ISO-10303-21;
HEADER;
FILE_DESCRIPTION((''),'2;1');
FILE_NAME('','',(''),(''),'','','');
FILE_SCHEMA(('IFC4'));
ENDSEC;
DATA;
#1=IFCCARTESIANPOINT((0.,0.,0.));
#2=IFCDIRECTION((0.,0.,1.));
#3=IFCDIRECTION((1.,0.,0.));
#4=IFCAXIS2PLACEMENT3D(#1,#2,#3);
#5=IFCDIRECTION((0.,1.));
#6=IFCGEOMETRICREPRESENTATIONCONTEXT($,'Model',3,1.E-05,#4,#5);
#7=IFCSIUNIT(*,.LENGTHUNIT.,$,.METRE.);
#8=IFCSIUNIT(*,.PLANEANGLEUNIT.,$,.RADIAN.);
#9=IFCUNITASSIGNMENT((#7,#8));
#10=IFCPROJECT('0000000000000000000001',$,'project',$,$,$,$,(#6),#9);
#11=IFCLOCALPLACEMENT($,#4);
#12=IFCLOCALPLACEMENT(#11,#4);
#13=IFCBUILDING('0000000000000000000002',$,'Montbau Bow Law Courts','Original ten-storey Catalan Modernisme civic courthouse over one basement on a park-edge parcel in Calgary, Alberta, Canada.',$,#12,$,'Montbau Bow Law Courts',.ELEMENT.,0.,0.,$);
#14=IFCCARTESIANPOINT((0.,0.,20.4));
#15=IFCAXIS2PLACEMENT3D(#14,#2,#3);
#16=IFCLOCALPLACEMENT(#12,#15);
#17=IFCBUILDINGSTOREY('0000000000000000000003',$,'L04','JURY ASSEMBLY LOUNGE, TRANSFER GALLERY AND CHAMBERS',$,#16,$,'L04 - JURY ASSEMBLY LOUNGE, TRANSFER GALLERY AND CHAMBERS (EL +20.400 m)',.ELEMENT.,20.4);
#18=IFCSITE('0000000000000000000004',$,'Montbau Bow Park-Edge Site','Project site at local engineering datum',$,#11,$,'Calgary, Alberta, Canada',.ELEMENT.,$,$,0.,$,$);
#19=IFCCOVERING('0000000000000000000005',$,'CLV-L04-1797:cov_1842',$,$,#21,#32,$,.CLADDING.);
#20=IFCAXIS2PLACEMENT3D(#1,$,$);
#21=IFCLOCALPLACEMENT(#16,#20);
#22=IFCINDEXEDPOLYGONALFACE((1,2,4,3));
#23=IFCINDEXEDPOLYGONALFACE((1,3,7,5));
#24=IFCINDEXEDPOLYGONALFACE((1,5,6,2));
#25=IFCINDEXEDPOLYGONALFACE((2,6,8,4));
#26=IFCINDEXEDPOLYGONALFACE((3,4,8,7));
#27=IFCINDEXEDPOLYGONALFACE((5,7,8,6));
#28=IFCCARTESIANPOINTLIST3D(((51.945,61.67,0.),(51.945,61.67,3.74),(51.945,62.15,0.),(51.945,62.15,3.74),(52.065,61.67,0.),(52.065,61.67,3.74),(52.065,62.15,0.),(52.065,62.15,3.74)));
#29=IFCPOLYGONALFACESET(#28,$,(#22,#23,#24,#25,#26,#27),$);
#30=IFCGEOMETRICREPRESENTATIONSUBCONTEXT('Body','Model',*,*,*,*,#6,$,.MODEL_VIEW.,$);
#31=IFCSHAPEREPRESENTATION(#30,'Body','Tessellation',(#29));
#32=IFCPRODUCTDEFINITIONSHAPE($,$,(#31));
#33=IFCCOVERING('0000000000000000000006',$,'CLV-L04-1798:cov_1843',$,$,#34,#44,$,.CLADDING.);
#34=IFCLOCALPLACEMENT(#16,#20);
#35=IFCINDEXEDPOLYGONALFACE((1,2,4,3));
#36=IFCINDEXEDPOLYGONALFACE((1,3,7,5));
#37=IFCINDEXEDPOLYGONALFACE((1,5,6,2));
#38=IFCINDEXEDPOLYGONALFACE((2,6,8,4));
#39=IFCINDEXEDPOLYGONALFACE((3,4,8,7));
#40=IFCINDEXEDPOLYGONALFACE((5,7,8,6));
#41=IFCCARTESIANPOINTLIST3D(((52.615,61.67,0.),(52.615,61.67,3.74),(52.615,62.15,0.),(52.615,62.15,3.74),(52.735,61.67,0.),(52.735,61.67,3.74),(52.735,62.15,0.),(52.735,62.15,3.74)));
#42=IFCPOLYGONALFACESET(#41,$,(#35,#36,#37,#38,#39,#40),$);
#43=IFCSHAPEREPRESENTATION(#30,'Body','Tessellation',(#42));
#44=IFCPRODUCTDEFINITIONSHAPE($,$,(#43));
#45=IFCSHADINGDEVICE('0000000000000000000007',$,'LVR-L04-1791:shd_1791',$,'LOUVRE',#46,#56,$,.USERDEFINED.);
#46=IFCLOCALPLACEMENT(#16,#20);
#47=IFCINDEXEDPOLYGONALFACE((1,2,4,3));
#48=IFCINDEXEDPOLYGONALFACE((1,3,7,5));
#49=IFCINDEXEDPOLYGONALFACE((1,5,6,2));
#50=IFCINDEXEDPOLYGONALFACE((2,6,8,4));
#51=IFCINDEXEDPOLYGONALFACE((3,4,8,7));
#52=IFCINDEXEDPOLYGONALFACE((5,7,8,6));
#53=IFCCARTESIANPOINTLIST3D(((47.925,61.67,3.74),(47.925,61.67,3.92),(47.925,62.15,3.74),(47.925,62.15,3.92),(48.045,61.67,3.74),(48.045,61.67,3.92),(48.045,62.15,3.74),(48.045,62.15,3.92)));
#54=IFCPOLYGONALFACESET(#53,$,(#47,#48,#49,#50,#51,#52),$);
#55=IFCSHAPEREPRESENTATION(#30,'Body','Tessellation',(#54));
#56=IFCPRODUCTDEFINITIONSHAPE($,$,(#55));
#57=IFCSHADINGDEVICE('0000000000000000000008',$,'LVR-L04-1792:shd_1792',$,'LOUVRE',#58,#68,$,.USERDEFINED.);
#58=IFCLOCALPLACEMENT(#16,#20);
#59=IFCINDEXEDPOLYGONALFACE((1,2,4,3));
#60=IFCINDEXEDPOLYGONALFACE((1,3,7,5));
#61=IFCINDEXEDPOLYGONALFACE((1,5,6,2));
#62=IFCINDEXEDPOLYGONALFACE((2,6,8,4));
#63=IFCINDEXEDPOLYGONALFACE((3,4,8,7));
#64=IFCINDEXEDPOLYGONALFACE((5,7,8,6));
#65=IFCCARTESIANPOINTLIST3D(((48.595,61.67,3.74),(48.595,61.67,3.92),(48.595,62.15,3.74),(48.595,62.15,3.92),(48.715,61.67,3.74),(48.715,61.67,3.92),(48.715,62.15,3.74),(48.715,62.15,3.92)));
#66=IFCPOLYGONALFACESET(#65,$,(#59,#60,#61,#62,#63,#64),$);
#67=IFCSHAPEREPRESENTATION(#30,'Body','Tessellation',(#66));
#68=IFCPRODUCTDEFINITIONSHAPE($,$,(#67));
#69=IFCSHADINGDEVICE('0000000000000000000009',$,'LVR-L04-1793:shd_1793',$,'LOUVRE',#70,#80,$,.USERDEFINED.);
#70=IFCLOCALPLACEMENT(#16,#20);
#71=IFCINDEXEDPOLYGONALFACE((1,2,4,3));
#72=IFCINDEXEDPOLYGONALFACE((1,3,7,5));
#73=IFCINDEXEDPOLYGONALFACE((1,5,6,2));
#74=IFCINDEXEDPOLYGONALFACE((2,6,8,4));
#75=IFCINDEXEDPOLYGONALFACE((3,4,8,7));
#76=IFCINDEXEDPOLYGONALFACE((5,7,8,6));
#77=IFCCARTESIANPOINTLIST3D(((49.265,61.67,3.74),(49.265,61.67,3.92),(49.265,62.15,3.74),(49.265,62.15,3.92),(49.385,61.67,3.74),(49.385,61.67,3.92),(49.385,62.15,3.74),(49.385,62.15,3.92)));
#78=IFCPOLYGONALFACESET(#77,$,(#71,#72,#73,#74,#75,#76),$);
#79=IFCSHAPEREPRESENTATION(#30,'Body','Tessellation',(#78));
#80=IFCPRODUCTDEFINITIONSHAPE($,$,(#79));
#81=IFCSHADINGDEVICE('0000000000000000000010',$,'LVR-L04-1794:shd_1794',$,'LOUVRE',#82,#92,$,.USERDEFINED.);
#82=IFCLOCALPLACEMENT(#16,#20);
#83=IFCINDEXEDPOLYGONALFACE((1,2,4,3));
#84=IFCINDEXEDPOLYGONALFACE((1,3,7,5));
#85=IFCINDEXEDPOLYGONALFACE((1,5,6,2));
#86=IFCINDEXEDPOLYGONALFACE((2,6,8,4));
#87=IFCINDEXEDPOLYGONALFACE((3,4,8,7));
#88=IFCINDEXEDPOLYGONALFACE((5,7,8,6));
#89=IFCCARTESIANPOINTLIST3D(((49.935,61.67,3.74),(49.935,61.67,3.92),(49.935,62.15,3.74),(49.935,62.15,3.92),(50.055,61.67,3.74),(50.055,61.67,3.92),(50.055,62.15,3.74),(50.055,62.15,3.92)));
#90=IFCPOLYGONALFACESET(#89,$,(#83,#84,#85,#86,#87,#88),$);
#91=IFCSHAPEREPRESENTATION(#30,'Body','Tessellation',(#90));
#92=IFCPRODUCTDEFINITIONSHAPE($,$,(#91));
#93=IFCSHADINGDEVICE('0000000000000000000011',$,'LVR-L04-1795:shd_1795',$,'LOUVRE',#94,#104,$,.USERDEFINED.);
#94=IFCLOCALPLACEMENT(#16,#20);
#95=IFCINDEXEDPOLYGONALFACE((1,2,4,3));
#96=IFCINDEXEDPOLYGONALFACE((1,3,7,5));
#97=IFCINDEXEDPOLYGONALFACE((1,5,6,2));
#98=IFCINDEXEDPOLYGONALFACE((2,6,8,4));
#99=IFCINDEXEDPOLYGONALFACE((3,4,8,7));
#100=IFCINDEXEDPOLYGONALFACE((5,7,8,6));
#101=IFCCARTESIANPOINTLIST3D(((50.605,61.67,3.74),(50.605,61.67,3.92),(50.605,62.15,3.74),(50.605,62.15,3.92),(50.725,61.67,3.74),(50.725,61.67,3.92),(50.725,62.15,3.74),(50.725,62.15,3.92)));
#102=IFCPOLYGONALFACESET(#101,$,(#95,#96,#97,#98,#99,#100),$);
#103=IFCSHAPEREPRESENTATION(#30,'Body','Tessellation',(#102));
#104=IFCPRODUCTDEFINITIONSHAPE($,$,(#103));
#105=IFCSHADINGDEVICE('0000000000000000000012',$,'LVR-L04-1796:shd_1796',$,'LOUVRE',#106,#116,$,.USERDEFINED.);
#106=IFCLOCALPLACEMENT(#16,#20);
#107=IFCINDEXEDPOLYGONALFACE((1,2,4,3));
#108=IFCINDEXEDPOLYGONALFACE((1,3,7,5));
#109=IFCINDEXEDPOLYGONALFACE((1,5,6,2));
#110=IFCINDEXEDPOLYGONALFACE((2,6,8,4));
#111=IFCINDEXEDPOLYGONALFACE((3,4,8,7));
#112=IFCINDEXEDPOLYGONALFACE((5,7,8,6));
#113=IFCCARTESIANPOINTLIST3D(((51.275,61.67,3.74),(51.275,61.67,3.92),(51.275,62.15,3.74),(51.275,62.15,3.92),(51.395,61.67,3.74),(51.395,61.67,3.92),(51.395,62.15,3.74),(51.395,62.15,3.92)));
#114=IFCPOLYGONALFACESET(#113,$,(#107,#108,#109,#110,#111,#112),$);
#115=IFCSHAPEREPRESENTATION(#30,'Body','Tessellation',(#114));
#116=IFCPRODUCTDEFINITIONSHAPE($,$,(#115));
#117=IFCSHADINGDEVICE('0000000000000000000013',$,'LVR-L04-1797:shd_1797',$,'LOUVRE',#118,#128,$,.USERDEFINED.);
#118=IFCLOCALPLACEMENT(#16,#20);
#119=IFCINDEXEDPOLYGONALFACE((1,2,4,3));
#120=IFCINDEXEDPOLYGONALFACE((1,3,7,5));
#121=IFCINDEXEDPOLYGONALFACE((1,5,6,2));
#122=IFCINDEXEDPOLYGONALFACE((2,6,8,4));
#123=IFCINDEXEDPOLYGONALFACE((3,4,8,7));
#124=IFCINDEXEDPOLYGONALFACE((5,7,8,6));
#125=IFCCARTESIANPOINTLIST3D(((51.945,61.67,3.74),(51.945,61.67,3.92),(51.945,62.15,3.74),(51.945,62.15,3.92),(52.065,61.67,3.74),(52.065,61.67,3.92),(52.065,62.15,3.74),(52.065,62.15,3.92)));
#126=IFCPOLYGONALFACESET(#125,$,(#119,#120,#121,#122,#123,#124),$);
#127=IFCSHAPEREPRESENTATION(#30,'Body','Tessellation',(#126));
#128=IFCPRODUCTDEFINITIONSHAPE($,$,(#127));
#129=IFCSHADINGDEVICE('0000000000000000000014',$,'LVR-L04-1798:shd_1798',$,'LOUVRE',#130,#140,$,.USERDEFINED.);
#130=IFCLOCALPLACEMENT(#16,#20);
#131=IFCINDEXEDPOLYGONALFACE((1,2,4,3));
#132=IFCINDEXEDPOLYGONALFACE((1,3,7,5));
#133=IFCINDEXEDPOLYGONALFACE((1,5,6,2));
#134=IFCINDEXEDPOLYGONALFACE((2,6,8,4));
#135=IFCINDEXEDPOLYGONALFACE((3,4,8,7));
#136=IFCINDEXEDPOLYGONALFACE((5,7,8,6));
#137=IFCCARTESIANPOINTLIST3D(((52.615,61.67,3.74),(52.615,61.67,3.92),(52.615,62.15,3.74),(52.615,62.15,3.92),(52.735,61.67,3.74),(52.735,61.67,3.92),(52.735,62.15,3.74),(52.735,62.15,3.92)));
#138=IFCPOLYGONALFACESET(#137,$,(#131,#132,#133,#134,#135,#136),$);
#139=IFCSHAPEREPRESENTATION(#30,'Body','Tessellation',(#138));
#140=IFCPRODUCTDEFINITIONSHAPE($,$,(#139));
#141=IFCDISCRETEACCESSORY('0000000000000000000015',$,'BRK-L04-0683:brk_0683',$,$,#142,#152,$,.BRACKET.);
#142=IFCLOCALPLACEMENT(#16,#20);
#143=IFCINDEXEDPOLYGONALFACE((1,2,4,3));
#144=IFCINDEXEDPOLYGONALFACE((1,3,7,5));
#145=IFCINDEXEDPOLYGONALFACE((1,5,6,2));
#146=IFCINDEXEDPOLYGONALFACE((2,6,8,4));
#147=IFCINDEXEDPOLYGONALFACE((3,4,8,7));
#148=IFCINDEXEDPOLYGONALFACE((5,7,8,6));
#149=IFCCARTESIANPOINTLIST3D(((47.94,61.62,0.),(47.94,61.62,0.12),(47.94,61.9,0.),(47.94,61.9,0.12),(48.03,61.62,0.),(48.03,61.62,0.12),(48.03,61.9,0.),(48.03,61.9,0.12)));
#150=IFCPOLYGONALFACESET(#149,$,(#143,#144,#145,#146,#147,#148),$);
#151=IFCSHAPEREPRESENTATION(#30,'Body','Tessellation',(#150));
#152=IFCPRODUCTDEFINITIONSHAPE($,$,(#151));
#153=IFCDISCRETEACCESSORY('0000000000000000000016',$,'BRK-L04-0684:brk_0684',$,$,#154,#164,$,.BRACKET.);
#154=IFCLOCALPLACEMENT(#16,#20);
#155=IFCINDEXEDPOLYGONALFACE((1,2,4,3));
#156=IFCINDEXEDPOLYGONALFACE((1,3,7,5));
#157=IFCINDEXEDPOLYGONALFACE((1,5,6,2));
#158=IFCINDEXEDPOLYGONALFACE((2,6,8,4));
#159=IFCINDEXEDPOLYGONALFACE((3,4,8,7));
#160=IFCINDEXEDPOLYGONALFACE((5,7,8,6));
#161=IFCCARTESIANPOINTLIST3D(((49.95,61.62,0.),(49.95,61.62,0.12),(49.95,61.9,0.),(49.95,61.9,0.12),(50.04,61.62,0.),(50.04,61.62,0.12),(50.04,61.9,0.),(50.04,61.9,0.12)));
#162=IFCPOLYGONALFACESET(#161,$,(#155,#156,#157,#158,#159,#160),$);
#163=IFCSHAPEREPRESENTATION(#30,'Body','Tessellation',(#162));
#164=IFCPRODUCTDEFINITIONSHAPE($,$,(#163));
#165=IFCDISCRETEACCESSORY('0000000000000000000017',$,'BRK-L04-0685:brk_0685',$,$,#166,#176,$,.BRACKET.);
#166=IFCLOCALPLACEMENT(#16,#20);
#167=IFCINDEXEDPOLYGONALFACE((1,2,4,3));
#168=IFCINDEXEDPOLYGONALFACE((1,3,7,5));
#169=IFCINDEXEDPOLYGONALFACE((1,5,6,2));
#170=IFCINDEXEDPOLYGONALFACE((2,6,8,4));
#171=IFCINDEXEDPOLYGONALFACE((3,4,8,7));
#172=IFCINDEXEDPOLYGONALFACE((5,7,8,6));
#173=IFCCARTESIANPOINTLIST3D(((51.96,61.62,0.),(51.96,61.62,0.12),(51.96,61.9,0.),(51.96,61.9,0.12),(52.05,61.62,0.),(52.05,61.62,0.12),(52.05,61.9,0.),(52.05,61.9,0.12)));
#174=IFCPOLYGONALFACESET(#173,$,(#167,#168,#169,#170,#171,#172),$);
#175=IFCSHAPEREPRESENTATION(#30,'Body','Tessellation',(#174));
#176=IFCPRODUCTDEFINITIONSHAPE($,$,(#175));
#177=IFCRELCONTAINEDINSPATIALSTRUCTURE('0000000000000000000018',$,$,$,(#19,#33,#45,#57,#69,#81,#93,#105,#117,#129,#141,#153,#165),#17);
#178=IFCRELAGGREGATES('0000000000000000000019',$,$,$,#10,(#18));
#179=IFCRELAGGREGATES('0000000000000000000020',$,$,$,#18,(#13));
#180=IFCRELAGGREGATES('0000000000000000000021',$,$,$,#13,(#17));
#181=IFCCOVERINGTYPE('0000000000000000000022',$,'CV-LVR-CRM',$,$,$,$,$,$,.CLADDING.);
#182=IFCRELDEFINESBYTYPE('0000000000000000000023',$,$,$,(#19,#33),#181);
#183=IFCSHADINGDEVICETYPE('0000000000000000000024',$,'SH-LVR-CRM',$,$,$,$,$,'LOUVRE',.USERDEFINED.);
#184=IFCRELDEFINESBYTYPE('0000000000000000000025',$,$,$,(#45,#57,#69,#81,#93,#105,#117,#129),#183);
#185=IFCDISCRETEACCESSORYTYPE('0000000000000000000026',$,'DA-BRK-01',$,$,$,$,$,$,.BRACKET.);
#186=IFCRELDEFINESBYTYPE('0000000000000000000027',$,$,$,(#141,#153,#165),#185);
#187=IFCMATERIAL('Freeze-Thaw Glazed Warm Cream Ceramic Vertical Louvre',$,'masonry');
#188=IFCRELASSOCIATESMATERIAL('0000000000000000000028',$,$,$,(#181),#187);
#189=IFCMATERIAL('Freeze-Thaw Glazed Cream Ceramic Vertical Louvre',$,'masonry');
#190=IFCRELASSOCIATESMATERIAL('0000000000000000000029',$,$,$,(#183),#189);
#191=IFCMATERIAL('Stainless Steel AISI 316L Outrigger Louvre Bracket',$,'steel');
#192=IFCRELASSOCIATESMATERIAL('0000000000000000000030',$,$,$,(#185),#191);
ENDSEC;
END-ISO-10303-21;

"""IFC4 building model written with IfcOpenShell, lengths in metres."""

from ifc_helpers import new_model, si_unit, direction, frame, frame_2d, origin_with_axes, origin_2d_with_axis, place, context, subcontext, project, spatial, rectangle, extrude, material, type_object, element, save


model = new_model("IFC4")

# Units and contexts
model_context = context("Model", 3, precision=1e-05, world=origin_with_axes(), true_north=direction((0.0, 1.0)))
body_context = subcontext(model_context, "Body", "Model", "MODEL_VIEW")
ifc_project = project(units=[si_unit("LENGTHUNIT", "METRE"), si_unit("PLANEANGLEUNIT", "RADIAN")], contexts=[model_context])

# Site, building, storey
site_placement = place(None, origin_with_axes())
site = spatial("IfcSite", under=ifc_project, at=site_placement, Name="Montbau Bow Park-Edge Site", Description="Project site at local engineering datum", LongName="Calgary, Alberta, Canada", CompositionType="ELEMENT", RefElevation=0.0)
building_placement = place(site_placement, origin_with_axes())
building = spatial("IfcBuilding", under=site, at=building_placement, Name="Montbau Bow Law Courts", Description="Original ten-storey Catalan Modernisme civic courthouse over one basement on a park-edge parcel in Calgary, Alberta, Canada.", LongName="Montbau Bow Law Courts", CompositionType="ELEMENT", ElevationOfRefHeight=0.0, ElevationOfTerrain=0.0)
storey_placement = place(building_placement, frame((0.0, 0.0, 20.4), z_axis=(0.0, 0.0, 1.0), x_axis=(1.0, 0.0, 0.0)))
storey = spatial("IfcBuildingStorey", under=building, at=storey_placement, Name="L04", Description="JURY ASSEMBLY LOUNGE, TRANSFER GALLERY AND CHAMBERS", LongName="L04 - JURY ASSEMBLY LOUNGE, TRANSFER GALLERY AND CHAMBERS (EL +20.400 m)", CompositionType="ELEMENT", Elevation=20.4)

# Coverings
ifc_material_1 = material(Name="Freeze-Thaw Glazed Warm Cream Ceramic Vertical Louvre", Category="masonry")
covering_type = type_object("IfcCoveringType", Name="CV-LVR-CRM", PredefinedType="CLADDING", material=ifc_material_1)
for number, where, z_axis, x_axis, name in (
    (1, (52.005, 61.67, 20.4), (1.0, 0.0, 0.0), (0.0, 1.0, 0.0), "CLV-L04-1797:cov_1842"),
    (2, (52.675, 61.67, 20.4), (1.0, 0.0, 0.0), (0.0, 1.0, 0.0), "CLV-L04-1798:cov_1843"),
):
    element("IfcCovering", number, at=place(None, frame(where, z_axis=z_axis, x_axis=x_axis)), inside=storey, type_object=covering_type, Name=name, PredefinedType="CLADDING", context=body_context, shape_type="SweptSolid", body=[
        extrude(rectangle(XDim=0.48, YDim=3.74, at=frame_2d((0.24, 1.87), x_axis=(1.0, 0.0))), frame((0.0, 0.0, -0.06), z_axis=(0.0, 0.0, 1.0), x_axis=(1.0, 0.0, 0.0)), (0.0, 0.0, 1.0), 0.12),
    ])

# Shading devices
ifc_material_2 = material(Name="Freeze-Thaw Glazed Cream Ceramic Vertical Louvre", Category="masonry")
shading_device_type = type_object("IfcShadingDeviceType", Name="SH-LVR-CRM", ElementType="LOUVRE", PredefinedType="USERDEFINED", material=ifc_material_2)
for number, where, z_axis, x_axis, name in (
    (3, (47.985, 61.91, 24.14), (0.0, 0.0, 1.0), (0.0, 1.0, 0.0), "LVR-L04-1791:shd_1791"),
    (4, (48.655, 61.91, 24.14), (0.0, 0.0, 1.0), (0.0, 1.0, 0.0), "LVR-L04-1792:shd_1792"),
    (5, (49.325, 61.91, 24.14), (0.0, 0.0, 1.0), (0.0, 1.0, 0.0), "LVR-L04-1793:shd_1793"),
    (6, (49.995, 61.91, 24.14), (0.0, 0.0, 1.0), (0.0, 1.0, 0.0), "LVR-L04-1794:shd_1794"),
    (7, (50.665, 61.91, 24.14), (0.0, 0.0, 1.0), (0.0, 1.0, 0.0), "LVR-L04-1795:shd_1795"),
    (8, (51.335, 61.91, 24.14), (0.0, 0.0, 1.0), (0.0, 1.0, 0.0), "LVR-L04-1796:shd_1796"),
    (9, (52.005, 61.91, 24.14), (0.0, 0.0, 1.0), (0.0, 1.0, 0.0), "LVR-L04-1797:shd_1797"),
    (10, (52.675, 61.91, 24.14), (0.0, 0.0, 1.0), (0.0, 1.0, 0.0), "LVR-L04-1798:shd_1798"),
):
    element("IfcShadingDevice", number, at=place(None, frame(where, z_axis=z_axis, x_axis=x_axis)), inside=storey, type_object=shading_device_type, Name=name, ObjectType="LOUVRE", PredefinedType="USERDEFINED", context=body_context, shape_type="SweptSolid", body=[
        extrude(rectangle(XDim=0.48, YDim=0.12, at=origin_2d_with_axis()), origin_with_axes(), (0.0, 0.0, 1.0), 0.18),
    ])

# Discrete accessories
ifc_material_3 = material(Name="Stainless Steel AISI 316L Outrigger Louvre Bracket", Category="steel")
discrete_accessory_type = type_object("IfcDiscreteAccessoryType", Name="DA-BRK-01", PredefinedType="BRACKET", material=ifc_material_3)
for number, where, z_axis, x_axis, name in (
    (11, (47.985, 61.76, 20.4), (0.0, 0.0, 1.0), (0.0, 1.0, 0.0), "BRK-L04-0683:brk_0683"),
    (12, (49.995, 61.76, 20.4), (0.0, 0.0, 1.0), (0.0, 1.0, 0.0), "BRK-L04-0684:brk_0684"),
    (13, (52.005, 61.76, 20.4), (0.0, 0.0, 1.0), (0.0, 1.0, 0.0), "BRK-L04-0685:brk_0685"),
):
    element("IfcDiscreteAccessory", number, at=place(None, frame(where, z_axis=z_axis, x_axis=x_axis)), inside=storey, type_object=discrete_accessory_type, Name=name, PredefinedType="BRACKET", context=body_context, shape_type="SweptSolid", body=[
        extrude(rectangle(XDim=0.28, YDim=0.09, at=origin_2d_with_axis()), origin_with_axes(), (0.0, 0.0, 1.0), 0.12),
    ])

save(model, "model.ifc")
